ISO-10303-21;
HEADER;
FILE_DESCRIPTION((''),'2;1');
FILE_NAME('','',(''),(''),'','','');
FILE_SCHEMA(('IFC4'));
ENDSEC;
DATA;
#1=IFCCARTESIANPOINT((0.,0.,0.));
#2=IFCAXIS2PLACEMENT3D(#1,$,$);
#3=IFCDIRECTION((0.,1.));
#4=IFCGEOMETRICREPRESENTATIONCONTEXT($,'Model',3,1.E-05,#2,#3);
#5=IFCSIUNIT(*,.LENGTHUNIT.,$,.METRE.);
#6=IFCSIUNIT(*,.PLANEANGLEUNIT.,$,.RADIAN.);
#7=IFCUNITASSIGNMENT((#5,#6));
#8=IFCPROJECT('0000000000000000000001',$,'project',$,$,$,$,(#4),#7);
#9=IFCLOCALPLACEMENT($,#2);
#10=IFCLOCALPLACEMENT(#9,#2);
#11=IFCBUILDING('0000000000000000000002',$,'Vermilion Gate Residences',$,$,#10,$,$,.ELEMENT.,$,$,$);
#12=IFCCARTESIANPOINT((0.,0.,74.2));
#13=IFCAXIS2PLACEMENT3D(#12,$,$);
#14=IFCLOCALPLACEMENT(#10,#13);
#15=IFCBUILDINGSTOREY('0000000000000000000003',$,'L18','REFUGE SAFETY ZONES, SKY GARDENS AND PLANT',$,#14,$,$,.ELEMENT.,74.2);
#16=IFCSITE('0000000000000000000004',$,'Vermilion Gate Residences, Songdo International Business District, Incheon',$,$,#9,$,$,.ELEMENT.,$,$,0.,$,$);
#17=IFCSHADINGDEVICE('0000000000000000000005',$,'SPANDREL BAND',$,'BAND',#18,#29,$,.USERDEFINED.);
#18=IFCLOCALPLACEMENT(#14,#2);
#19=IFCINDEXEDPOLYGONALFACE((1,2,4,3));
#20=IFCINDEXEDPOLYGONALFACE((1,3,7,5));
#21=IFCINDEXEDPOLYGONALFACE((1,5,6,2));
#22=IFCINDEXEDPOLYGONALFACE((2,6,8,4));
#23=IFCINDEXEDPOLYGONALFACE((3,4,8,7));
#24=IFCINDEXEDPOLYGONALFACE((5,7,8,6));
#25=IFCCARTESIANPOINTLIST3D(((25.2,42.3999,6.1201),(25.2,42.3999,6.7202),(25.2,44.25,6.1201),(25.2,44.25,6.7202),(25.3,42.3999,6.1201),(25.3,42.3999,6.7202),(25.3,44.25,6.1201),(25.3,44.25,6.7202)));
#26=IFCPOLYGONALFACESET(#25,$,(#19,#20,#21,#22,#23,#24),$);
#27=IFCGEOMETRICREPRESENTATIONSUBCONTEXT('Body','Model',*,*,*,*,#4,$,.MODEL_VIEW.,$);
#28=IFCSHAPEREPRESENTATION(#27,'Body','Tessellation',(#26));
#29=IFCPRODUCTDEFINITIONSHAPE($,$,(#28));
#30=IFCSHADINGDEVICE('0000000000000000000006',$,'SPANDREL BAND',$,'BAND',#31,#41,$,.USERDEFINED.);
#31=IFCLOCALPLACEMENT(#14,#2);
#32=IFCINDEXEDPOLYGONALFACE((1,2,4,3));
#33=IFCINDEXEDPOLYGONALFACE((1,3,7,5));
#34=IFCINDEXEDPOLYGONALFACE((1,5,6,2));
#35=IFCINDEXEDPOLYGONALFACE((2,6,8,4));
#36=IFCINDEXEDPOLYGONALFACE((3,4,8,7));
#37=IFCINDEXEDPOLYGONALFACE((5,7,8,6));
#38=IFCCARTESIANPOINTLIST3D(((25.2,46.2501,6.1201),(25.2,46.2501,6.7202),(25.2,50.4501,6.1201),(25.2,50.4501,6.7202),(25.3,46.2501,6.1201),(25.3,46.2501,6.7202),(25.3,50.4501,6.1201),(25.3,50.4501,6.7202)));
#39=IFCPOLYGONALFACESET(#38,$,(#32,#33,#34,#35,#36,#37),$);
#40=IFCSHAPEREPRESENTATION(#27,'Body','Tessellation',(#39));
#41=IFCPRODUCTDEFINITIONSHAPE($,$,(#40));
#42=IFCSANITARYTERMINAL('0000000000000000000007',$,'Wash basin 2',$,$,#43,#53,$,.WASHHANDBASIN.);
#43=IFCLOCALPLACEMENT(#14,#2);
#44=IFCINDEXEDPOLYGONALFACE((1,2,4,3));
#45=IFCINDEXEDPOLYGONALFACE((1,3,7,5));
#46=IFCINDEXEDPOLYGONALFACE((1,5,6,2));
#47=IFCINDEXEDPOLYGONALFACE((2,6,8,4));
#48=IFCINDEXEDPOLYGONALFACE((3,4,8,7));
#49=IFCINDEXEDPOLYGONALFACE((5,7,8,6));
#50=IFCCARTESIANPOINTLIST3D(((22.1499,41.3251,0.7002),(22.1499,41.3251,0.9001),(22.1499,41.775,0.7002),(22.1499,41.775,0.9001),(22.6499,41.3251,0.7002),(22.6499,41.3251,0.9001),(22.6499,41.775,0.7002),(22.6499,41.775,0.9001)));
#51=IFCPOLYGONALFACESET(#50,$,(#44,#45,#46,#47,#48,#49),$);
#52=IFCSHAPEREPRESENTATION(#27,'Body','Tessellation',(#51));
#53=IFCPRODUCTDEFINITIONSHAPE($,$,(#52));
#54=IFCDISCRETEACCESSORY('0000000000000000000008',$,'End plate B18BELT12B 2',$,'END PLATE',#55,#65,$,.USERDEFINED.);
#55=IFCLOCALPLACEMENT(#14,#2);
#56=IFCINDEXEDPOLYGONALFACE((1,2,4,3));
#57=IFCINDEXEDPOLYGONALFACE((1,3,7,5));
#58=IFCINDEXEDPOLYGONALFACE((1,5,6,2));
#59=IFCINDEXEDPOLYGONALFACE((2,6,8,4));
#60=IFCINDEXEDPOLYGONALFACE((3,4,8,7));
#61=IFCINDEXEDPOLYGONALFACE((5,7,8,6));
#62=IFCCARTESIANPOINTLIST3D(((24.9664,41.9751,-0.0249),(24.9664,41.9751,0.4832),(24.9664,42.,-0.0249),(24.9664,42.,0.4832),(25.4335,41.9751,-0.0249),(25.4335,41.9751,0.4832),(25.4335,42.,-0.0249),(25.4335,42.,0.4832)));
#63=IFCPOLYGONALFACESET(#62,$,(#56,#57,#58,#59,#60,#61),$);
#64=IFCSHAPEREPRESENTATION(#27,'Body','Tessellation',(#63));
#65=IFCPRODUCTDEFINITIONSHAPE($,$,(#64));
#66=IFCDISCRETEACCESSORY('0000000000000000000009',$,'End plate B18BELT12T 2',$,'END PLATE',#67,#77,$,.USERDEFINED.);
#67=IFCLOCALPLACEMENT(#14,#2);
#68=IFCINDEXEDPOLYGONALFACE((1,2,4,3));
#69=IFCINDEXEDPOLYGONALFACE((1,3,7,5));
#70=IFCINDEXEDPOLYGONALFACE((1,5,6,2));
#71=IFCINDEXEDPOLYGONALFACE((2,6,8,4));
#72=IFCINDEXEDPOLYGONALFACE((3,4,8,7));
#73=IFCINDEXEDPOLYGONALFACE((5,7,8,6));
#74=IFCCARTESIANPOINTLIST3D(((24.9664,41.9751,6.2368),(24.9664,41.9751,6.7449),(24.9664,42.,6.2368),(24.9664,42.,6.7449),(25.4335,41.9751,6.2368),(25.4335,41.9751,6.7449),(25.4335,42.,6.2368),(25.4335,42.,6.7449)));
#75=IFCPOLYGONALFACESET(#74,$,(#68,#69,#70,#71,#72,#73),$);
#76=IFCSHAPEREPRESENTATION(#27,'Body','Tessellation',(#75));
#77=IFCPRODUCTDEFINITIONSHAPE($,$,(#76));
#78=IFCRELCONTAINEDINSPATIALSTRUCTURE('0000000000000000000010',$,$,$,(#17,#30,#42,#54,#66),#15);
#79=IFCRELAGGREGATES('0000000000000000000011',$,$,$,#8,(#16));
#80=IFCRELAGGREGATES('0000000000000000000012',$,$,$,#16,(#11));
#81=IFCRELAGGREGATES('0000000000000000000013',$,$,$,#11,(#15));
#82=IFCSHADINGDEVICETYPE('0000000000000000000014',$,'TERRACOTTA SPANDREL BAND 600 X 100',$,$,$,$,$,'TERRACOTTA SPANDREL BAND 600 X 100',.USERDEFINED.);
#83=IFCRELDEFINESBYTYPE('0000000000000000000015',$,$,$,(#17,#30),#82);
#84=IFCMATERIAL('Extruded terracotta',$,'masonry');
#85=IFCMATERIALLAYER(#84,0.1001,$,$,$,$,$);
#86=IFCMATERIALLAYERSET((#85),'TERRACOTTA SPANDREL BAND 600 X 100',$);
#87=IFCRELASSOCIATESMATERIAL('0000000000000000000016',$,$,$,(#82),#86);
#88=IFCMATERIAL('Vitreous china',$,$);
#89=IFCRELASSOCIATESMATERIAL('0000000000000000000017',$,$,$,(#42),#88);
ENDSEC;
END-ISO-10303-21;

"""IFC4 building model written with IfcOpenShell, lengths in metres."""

from ifc_helpers import new_model, si_unit, direction, frame, origin, origin_2d, place, context, subcontext, project, spatial, rectangle, extrude, material, layer, layer_set, type_object, element, save


model = new_model("IFC4")

# Units and contexts
model_context = context("Model", 3, precision=1e-05, world=origin(), true_north=direction((0.0, 1.0)))
body_context = subcontext(model_context, "Body", "Model", "MODEL_VIEW")
ifc_project = project(units=[si_unit("LENGTHUNIT", "METRE"), si_unit("PLANEANGLEUNIT", "RADIAN")], contexts=[model_context])

# Site, building, storey
site_placement = place(None, origin())
site = spatial("IfcSite", under=ifc_project, at=site_placement, Name="Vermilion Gate Residences, Songdo International Business District, Incheon", CompositionType="ELEMENT", RefElevation=0.0)
building_placement = place(site_placement, origin())
building = spatial("IfcBuilding", under=site, at=building_placement, Name="Vermilion Gate Residences", CompositionType="ELEMENT")
storey_placement = place(building_placement, frame((0.0, 0.0, 74.2)))
storey = spatial("IfcBuildingStorey", under=building, at=storey_placement, Name="L18", Description="REFUGE SAFETY ZONES, SKY GARDENS AND PLANT", CompositionType="ELEMENT", Elevation=74.2)

# Shading devices
ifc_material_1 = material(Name="Extruded terracotta", Category="masonry")
ifc_layer_1 = layer(ifc_material_1, 0.1001)
ifc_layer_set_1 = layer_set([ifc_layer_1], Name="TERRACOTTA SPANDREL BAND 600 X 100")
shading_device_type = type_object("IfcShadingDeviceType", Name="TERRACOTTA SPANDREL BAND 600 X 100", ElementType="TERRACOTTA SPANDREL BAND 600 X 100", PredefinedType="USERDEFINED", material=ifc_layer_set_1)
shading_device_1_placement = place(storey_placement, frame((25.25, 43.325, 6.1201), z_axis=(0.0, 0.0, 1.0), x_axis=(0.0, 1.0, 0.0)))
element("IfcShadingDevice", 1, at=shading_device_1_placement, inside=storey, type_object=shading_device_type, Name="SPANDREL BAND", ObjectType="BAND", PredefinedType="USERDEFINED", context=body_context, shape_type="SweptSolid", body=[
    extrude(rectangle(XDim=1.8501, YDim=0.1001, at=origin_2d()), origin(), (0.0, 0.0, 1.0), 0.6001),
])
shading_device_2_placement = place(storey_placement, frame((25.25, 48.3501, 6.1201), z_axis=(0.0, 0.0, 1.0), x_axis=(0.0, 1.0, 0.0)))
element("IfcShadingDevice", 2, at=shading_device_2_placement, inside=storey, type_object=shading_device_type, Name="SPANDREL BAND", ObjectType="BAND", PredefinedType="USERDEFINED", context=body_context, shape_type="SweptSolid", body=[
    extrude(rectangle(XDim=4.2, YDim=0.1001, at=origin_2d()), origin(), (0.0, 0.0, 1.0), 0.6001),
])

# Sanitary terminal
ifc_material_2 = material(Name="Vitreous china")
sanitary_terminal_placement = place(storey_placement, frame((22.3999, 41.55, 0.7002), z_axis=(0.0, 0.0, 1.0), x_axis=(1.0, 0.0, 0.0)))
element("IfcSanitaryTerminal", 3, at=sanitary_terminal_placement, inside=storey, material=ifc_material_2, Name="Wash basin 2", PredefinedType="WASHHANDBASIN", context=body_context, shape_type="SweptSolid", body=[
    extrude(rectangle(XDim=0.5, YDim=0.45, at=origin_2d()), origin(), (0.0, 0.0, 1.0), 0.2),
])

# Discrete accessories
for number, where, z_axis, x_axis, name in (
    (4, (25.2, 41.9875, -0.0249), (0.0, 0.0, 1.0), (1.0, 0.0, 0.0), "End plate B18BELT12B 2"),
    (5, (25.2, 41.9875, 6.2368), (0.0, 0.0, 1.0), (1.0, 0.0, 0.0), "End plate B18BELT12T 2"),
):
    element("IfcDiscreteAccessory", number, at=place(storey_placement, frame(where, z_axis=z_axis, x_axis=x_axis)), inside=storey, Name=name, ObjectType="END PLATE", PredefinedType="USERDEFINED", context=body_context, shape_type="SweptSolid", body=[
        extrude(rectangle(XDim=0.467, YDim=0.0249, at=origin_2d()), origin(), (0.0, 0.0, 1.0), 0.5081),
    ])

save(model, "model.ifc")
